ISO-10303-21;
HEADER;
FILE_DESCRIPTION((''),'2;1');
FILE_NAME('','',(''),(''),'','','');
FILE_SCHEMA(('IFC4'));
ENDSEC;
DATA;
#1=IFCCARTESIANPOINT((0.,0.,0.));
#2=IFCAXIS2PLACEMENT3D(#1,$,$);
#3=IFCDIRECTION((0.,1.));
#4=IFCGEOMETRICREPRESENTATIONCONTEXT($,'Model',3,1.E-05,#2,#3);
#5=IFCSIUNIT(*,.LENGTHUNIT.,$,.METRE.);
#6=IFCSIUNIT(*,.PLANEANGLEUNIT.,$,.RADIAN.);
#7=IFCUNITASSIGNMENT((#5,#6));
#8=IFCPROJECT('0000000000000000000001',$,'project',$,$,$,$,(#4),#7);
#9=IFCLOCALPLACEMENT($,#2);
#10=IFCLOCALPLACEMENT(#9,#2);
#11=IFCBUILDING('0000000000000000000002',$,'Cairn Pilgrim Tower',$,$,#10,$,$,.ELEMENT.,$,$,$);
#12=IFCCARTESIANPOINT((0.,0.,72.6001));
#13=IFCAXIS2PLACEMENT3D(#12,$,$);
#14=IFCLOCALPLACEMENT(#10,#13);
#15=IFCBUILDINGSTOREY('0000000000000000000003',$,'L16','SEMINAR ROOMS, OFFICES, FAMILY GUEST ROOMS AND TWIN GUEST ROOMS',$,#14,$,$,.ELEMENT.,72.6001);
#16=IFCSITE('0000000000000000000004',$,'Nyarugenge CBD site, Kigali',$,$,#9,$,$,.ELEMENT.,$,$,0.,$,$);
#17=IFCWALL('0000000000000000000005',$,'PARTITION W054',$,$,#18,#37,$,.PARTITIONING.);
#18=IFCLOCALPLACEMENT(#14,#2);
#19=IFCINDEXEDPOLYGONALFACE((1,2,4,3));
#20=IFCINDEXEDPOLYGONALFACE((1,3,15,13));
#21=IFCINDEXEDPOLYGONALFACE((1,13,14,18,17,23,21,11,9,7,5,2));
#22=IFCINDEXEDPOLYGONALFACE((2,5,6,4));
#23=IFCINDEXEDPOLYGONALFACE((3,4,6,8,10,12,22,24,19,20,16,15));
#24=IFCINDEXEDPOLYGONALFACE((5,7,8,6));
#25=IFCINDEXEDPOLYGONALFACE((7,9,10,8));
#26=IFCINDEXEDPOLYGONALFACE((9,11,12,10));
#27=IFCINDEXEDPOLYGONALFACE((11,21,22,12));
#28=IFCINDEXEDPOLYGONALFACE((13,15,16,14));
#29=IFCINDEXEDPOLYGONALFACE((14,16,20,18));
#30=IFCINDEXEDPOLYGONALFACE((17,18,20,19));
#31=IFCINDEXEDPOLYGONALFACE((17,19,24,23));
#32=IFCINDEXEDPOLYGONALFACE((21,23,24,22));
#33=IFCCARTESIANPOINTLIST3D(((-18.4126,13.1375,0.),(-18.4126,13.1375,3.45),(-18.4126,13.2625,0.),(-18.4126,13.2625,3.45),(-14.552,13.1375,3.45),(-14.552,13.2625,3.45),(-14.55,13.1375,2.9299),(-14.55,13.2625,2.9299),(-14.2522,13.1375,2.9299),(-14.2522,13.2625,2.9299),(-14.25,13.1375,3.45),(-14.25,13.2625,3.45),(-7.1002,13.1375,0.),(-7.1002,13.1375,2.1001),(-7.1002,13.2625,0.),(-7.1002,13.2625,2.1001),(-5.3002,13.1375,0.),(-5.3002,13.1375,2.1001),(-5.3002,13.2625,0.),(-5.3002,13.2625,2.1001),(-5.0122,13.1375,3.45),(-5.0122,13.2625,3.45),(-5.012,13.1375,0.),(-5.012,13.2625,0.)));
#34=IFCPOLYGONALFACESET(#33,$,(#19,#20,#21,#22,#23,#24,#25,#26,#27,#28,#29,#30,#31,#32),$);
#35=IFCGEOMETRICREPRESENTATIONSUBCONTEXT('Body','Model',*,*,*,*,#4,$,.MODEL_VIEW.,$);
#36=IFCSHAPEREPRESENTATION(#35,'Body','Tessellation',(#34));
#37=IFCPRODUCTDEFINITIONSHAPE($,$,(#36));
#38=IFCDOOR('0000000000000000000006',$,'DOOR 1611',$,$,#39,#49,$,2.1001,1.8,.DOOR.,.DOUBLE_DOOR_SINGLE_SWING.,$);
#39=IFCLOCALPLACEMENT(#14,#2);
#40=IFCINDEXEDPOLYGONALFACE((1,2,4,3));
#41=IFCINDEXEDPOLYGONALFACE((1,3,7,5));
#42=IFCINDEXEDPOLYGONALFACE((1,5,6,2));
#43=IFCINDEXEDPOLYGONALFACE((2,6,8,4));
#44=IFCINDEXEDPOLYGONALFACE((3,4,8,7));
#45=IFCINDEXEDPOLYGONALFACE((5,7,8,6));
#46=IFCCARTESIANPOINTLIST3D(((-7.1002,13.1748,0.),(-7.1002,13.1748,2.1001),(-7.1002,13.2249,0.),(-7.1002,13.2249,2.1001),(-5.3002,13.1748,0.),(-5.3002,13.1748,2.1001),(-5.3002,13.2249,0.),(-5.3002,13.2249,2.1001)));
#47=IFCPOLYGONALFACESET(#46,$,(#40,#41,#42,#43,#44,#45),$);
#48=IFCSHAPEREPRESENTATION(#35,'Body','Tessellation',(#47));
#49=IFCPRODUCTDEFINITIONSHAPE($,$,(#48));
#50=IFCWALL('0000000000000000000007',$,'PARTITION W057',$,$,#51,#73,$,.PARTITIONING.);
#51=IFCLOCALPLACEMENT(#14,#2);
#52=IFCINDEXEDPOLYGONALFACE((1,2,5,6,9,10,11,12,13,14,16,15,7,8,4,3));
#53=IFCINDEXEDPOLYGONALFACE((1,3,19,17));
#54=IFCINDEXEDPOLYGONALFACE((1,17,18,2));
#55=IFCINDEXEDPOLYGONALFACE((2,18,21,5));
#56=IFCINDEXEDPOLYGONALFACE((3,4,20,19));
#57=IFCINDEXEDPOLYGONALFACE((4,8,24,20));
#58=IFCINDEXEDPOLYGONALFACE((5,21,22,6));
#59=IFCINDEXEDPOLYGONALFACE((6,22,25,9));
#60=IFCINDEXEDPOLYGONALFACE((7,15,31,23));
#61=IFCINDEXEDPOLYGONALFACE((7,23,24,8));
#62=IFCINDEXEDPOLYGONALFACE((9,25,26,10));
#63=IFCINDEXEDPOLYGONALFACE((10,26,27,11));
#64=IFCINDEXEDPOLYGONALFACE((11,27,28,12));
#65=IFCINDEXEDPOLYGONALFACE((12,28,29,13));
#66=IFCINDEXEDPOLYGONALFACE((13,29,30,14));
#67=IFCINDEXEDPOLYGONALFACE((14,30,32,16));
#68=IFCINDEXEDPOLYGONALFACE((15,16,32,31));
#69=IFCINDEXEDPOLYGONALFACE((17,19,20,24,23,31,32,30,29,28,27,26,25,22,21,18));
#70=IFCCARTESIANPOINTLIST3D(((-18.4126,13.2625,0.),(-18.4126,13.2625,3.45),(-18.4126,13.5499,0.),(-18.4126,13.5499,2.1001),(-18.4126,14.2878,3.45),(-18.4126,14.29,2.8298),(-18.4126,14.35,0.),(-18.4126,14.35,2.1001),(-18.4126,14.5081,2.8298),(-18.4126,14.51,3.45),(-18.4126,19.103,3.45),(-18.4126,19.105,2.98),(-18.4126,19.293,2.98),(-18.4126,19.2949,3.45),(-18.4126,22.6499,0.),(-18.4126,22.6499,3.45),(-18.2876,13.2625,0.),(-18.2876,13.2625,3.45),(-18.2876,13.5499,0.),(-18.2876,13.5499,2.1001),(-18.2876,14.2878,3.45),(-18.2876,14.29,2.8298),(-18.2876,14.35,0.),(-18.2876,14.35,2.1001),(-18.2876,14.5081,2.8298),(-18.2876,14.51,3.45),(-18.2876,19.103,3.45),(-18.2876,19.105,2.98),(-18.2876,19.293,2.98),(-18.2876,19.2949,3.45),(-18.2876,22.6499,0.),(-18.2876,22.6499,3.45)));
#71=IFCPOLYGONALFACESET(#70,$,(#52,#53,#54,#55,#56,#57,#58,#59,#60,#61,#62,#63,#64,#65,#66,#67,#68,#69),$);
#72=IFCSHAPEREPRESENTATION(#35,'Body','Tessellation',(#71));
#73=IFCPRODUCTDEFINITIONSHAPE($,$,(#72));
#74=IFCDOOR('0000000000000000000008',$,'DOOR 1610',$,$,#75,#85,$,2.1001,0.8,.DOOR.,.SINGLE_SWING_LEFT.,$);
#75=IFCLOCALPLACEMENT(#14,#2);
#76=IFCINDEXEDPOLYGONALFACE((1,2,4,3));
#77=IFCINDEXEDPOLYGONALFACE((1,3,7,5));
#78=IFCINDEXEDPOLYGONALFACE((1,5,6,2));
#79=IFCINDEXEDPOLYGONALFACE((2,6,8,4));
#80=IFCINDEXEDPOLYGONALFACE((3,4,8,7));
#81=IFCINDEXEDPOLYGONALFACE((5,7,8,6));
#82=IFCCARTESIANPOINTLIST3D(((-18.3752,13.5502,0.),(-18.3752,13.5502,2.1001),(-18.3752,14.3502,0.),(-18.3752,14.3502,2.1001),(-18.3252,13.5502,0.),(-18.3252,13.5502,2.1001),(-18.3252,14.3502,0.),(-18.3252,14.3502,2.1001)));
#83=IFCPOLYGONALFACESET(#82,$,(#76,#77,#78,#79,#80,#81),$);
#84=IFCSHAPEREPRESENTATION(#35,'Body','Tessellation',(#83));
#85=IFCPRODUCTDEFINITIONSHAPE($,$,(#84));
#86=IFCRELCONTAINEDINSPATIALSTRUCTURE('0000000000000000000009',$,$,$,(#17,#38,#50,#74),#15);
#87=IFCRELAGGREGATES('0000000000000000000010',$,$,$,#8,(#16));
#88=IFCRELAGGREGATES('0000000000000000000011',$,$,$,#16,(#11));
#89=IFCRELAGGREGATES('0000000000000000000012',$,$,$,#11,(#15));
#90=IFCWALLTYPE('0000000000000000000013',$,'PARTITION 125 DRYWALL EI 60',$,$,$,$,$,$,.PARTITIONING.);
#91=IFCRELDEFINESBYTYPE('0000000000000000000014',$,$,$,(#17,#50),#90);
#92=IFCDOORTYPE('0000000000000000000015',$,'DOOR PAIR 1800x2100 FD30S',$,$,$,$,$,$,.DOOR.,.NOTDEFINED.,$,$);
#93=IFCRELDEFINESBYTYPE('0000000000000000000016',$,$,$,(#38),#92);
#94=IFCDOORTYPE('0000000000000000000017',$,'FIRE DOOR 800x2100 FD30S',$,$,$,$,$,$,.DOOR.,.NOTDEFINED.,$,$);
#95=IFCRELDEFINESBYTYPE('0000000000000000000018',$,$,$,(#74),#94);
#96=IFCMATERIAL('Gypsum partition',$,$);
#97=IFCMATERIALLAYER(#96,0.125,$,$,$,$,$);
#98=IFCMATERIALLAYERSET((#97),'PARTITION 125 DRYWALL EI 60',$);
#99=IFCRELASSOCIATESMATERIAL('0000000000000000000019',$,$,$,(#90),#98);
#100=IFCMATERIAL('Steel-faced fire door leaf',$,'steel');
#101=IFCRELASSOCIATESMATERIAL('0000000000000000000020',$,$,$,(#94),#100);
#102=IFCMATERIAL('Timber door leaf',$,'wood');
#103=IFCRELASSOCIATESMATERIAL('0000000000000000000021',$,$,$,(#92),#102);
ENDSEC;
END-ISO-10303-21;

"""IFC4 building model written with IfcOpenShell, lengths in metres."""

from ifc_helpers import new_model, si_unit, direction, frame, frame_2d, origin, place, context, subcontext, project, spatial, polyline, rectangle, outline, extrude, material, layer, layer_set, type_object, element, fill, save


model = new_model("IFC4")

# Units and contexts
model_context = context("Model", 3, precision=1e-05, world=origin(), true_north=direction((0.0, 1.0)))
body_context = subcontext(model_context, "Body", "Model", "MODEL_VIEW")
ifc_project = project(units=[si_unit("LENGTHUNIT", "METRE"), si_unit("PLANEANGLEUNIT", "RADIAN")], contexts=[model_context])

# Site, building, storey
site_placement = place(None, origin())
site = spatial("IfcSite", under=ifc_project, at=site_placement, Name="Nyarugenge CBD site, Kigali", CompositionType="ELEMENT", RefElevation=0.0)
building_placement = place(site_placement, origin())
building = spatial("IfcBuilding", under=site, at=building_placement, Name="Cairn Pilgrim Tower", CompositionType="ELEMENT")
storey_placement = place(building_placement, frame((0.0, 0.0, 72.6001)))
storey = spatial("IfcBuildingStorey", under=building, at=storey_placement, Name="L16", Description="SEMINAR ROOMS, OFFICES, FAMILY GUEST ROOMS AND TWIN GUEST ROOMS", CompositionType="ELEMENT", Elevation=72.6001)

# Shared definitions
ifc_material_1 = material(Name="Gypsum partition")

# Shared definitions
ifc_material_2 = material(Name="Timber door leaf", Category="wood")

# Shared definitions
ifc_layer_1 = layer(ifc_material_1, 0.125)
ifc_layer_set_1 = layer_set([ifc_layer_1], Name="PARTITION 125 DRYWALL EI 60")
wall_type_1 = type_object("IfcWallType", Name="PARTITION 125 DRYWALL EI 60", PredefinedType="PARTITIONING", material=ifc_layer_set_1)
ifc_material_3 = material(Name="Steel-faced fire door leaf", Category="steel")
door_type_1 = type_object("IfcDoorType", Name="FIRE DOOR 800x2100 FD30S", OperationType="NOTDEFINED", PredefinedType="DOOR", material=ifc_material_3)

# Walls, openings, doors
wall_1_placement = place(storey_placement, frame((-18.4126, 13.2, 0.0), z_axis=(0.0, 0.0, 1.0), x_axis=(1.0, 0.0, 0.0)))
wall_1 = element("IfcWall", 1, at=wall_1_placement, inside=storey, type_object=wall_type_1, Name="PARTITION W054", PredefinedType="PARTITIONING", context=body_context, shape_type="SweptSolid", body=[
    extrude(outline(polyline([(0.0, 0.0), (13.4006, 0.0), (13.4004, 3.45), (4.1626, 3.45), (4.1604, 2.9299), (3.8625, 2.9299), (3.8606, 3.45), (0.0, 3.45), (0.0, 0.0)])), frame((0.0, 0.0625, 0.0), z_axis=(0.0, -1.0, 0.0), x_axis=(1.0, 0.0, 0.0)), (0.0, 0.0, 1.0), 0.125),
])
opening_1_placement = place(wall_1_placement, frame((11.3125, 0.0, 0.0)))
opening_1 = element("IfcOpeningElement", 2, at=opening_1_placement, cuts=wall_1, PredefinedType="OPENING", context=body_context, shape_type="SweptSolid", body=[
    extrude(rectangle(XDim=1.8, YDim=2.1001, at=frame_2d((0.8999, 1.05))), frame((0.0, 0.0725, 0.0), z_axis=(0.0, -1.0, 0.0), x_axis=(1.0, 0.0, 0.0)), (0.0, 0.0, 1.0), 0.145),
])
door_type_2 = type_object("IfcDoorType", Name="DOOR PAIR 1800x2100 FD30S", OperationType="NOTDEFINED", PredefinedType="DOOR", material=ifc_material_2)
door_1_placement = place(opening_1_placement, origin())
door_1 = element("IfcDoor", 3, at=door_1_placement, inside=storey, type_object=door_type_2, Name="DOOR 1611", OperationType="DOUBLE_DOOR_SINGLE_SWING", OverallHeight=2.1001, OverallWidth=1.8, PredefinedType="DOOR", context=body_context, shape_type="SweptSolid", body=[
    extrude(rectangle(XDim=1.8, YDim=2.1001, at=frame_2d((0.8999, 1.05))), frame((0.0, 0.0249, 0.0), z_axis=(0.0, -1.0, 0.0), x_axis=(1.0, 0.0, 0.0)), (0.0, 0.0, 1.0), 0.05),
])
fill(opening_1, door_1)
wall_2_placement = place(storey_placement, frame((-18.3501, 13.2625, 0.0), z_axis=(0.0, 0.0, 1.0), x_axis=(0.0, 1.0, 0.0)))
wall_2 = element("IfcWall", 4, at=wall_2_placement, inside=storey, type_object=wall_type_1, Name="PARTITION W057", PredefinedType="PARTITIONING", context=body_context, shape_type="SweptSolid", body=[
    extrude(outline(polyline([(0.0, 0.0), (9.3875, 0.0), (9.3875, 3.45), (6.0325, 3.45), (6.0305, 2.98), (5.8425, 2.98), (5.8406, 3.45), (1.2476, 3.45), (1.2456, 2.8298), (1.0276, 2.8298), (1.0254, 3.45), (0.0, 3.45), (0.0, 0.0)])), frame((0.0, 0.0625, 0.0), z_axis=(0.0, -1.0, 0.0), x_axis=(1.0, 0.0, 0.0)), (0.0, 0.0, 1.0), 0.125),
])
opening_2_placement = place(wall_2_placement, frame((0.2876, 0.0, 0.0)))
opening_2 = element("IfcOpeningElement", 5, at=opening_2_placement, cuts=wall_2, PredefinedType="OPENING", context=body_context, shape_type="SweptSolid", body=[
    extrude(rectangle(XDim=0.8, YDim=2.1001, at=frame_2d((0.3999, 1.05))), frame((0.0, 0.0725, 0.0), z_axis=(0.0, -1.0, 0.0), x_axis=(1.0, 0.0, 0.0)), (0.0, 0.0, 1.0), 0.145),
])
door_2_placement = place(opening_2_placement, frame((0.8, 0.0, 0.0), z_axis=(0.0, 0.0, 1.0), x_axis=(-1.0, 0.0, 0.0)))
door_2 = element("IfcDoor", 6, at=door_2_placement, inside=storey, type_object=door_type_1, Name="DOOR 1610", OperationType="SINGLE_SWING_LEFT", OverallHeight=2.1001, OverallWidth=0.8, PredefinedType="DOOR", context=body_context, shape_type="SweptSolid", body=[
    extrude(rectangle(XDim=0.8, YDim=2.1001, at=frame_2d((0.3999, 1.05))), frame((0.0, 0.0249, 0.0), z_axis=(0.0, -1.0, 0.0), x_axis=(1.0, 0.0, 0.0)), (0.0, 0.0, 1.0), 0.05),
])
fill(opening_2, door_2)

save(model, "model.ifc")
